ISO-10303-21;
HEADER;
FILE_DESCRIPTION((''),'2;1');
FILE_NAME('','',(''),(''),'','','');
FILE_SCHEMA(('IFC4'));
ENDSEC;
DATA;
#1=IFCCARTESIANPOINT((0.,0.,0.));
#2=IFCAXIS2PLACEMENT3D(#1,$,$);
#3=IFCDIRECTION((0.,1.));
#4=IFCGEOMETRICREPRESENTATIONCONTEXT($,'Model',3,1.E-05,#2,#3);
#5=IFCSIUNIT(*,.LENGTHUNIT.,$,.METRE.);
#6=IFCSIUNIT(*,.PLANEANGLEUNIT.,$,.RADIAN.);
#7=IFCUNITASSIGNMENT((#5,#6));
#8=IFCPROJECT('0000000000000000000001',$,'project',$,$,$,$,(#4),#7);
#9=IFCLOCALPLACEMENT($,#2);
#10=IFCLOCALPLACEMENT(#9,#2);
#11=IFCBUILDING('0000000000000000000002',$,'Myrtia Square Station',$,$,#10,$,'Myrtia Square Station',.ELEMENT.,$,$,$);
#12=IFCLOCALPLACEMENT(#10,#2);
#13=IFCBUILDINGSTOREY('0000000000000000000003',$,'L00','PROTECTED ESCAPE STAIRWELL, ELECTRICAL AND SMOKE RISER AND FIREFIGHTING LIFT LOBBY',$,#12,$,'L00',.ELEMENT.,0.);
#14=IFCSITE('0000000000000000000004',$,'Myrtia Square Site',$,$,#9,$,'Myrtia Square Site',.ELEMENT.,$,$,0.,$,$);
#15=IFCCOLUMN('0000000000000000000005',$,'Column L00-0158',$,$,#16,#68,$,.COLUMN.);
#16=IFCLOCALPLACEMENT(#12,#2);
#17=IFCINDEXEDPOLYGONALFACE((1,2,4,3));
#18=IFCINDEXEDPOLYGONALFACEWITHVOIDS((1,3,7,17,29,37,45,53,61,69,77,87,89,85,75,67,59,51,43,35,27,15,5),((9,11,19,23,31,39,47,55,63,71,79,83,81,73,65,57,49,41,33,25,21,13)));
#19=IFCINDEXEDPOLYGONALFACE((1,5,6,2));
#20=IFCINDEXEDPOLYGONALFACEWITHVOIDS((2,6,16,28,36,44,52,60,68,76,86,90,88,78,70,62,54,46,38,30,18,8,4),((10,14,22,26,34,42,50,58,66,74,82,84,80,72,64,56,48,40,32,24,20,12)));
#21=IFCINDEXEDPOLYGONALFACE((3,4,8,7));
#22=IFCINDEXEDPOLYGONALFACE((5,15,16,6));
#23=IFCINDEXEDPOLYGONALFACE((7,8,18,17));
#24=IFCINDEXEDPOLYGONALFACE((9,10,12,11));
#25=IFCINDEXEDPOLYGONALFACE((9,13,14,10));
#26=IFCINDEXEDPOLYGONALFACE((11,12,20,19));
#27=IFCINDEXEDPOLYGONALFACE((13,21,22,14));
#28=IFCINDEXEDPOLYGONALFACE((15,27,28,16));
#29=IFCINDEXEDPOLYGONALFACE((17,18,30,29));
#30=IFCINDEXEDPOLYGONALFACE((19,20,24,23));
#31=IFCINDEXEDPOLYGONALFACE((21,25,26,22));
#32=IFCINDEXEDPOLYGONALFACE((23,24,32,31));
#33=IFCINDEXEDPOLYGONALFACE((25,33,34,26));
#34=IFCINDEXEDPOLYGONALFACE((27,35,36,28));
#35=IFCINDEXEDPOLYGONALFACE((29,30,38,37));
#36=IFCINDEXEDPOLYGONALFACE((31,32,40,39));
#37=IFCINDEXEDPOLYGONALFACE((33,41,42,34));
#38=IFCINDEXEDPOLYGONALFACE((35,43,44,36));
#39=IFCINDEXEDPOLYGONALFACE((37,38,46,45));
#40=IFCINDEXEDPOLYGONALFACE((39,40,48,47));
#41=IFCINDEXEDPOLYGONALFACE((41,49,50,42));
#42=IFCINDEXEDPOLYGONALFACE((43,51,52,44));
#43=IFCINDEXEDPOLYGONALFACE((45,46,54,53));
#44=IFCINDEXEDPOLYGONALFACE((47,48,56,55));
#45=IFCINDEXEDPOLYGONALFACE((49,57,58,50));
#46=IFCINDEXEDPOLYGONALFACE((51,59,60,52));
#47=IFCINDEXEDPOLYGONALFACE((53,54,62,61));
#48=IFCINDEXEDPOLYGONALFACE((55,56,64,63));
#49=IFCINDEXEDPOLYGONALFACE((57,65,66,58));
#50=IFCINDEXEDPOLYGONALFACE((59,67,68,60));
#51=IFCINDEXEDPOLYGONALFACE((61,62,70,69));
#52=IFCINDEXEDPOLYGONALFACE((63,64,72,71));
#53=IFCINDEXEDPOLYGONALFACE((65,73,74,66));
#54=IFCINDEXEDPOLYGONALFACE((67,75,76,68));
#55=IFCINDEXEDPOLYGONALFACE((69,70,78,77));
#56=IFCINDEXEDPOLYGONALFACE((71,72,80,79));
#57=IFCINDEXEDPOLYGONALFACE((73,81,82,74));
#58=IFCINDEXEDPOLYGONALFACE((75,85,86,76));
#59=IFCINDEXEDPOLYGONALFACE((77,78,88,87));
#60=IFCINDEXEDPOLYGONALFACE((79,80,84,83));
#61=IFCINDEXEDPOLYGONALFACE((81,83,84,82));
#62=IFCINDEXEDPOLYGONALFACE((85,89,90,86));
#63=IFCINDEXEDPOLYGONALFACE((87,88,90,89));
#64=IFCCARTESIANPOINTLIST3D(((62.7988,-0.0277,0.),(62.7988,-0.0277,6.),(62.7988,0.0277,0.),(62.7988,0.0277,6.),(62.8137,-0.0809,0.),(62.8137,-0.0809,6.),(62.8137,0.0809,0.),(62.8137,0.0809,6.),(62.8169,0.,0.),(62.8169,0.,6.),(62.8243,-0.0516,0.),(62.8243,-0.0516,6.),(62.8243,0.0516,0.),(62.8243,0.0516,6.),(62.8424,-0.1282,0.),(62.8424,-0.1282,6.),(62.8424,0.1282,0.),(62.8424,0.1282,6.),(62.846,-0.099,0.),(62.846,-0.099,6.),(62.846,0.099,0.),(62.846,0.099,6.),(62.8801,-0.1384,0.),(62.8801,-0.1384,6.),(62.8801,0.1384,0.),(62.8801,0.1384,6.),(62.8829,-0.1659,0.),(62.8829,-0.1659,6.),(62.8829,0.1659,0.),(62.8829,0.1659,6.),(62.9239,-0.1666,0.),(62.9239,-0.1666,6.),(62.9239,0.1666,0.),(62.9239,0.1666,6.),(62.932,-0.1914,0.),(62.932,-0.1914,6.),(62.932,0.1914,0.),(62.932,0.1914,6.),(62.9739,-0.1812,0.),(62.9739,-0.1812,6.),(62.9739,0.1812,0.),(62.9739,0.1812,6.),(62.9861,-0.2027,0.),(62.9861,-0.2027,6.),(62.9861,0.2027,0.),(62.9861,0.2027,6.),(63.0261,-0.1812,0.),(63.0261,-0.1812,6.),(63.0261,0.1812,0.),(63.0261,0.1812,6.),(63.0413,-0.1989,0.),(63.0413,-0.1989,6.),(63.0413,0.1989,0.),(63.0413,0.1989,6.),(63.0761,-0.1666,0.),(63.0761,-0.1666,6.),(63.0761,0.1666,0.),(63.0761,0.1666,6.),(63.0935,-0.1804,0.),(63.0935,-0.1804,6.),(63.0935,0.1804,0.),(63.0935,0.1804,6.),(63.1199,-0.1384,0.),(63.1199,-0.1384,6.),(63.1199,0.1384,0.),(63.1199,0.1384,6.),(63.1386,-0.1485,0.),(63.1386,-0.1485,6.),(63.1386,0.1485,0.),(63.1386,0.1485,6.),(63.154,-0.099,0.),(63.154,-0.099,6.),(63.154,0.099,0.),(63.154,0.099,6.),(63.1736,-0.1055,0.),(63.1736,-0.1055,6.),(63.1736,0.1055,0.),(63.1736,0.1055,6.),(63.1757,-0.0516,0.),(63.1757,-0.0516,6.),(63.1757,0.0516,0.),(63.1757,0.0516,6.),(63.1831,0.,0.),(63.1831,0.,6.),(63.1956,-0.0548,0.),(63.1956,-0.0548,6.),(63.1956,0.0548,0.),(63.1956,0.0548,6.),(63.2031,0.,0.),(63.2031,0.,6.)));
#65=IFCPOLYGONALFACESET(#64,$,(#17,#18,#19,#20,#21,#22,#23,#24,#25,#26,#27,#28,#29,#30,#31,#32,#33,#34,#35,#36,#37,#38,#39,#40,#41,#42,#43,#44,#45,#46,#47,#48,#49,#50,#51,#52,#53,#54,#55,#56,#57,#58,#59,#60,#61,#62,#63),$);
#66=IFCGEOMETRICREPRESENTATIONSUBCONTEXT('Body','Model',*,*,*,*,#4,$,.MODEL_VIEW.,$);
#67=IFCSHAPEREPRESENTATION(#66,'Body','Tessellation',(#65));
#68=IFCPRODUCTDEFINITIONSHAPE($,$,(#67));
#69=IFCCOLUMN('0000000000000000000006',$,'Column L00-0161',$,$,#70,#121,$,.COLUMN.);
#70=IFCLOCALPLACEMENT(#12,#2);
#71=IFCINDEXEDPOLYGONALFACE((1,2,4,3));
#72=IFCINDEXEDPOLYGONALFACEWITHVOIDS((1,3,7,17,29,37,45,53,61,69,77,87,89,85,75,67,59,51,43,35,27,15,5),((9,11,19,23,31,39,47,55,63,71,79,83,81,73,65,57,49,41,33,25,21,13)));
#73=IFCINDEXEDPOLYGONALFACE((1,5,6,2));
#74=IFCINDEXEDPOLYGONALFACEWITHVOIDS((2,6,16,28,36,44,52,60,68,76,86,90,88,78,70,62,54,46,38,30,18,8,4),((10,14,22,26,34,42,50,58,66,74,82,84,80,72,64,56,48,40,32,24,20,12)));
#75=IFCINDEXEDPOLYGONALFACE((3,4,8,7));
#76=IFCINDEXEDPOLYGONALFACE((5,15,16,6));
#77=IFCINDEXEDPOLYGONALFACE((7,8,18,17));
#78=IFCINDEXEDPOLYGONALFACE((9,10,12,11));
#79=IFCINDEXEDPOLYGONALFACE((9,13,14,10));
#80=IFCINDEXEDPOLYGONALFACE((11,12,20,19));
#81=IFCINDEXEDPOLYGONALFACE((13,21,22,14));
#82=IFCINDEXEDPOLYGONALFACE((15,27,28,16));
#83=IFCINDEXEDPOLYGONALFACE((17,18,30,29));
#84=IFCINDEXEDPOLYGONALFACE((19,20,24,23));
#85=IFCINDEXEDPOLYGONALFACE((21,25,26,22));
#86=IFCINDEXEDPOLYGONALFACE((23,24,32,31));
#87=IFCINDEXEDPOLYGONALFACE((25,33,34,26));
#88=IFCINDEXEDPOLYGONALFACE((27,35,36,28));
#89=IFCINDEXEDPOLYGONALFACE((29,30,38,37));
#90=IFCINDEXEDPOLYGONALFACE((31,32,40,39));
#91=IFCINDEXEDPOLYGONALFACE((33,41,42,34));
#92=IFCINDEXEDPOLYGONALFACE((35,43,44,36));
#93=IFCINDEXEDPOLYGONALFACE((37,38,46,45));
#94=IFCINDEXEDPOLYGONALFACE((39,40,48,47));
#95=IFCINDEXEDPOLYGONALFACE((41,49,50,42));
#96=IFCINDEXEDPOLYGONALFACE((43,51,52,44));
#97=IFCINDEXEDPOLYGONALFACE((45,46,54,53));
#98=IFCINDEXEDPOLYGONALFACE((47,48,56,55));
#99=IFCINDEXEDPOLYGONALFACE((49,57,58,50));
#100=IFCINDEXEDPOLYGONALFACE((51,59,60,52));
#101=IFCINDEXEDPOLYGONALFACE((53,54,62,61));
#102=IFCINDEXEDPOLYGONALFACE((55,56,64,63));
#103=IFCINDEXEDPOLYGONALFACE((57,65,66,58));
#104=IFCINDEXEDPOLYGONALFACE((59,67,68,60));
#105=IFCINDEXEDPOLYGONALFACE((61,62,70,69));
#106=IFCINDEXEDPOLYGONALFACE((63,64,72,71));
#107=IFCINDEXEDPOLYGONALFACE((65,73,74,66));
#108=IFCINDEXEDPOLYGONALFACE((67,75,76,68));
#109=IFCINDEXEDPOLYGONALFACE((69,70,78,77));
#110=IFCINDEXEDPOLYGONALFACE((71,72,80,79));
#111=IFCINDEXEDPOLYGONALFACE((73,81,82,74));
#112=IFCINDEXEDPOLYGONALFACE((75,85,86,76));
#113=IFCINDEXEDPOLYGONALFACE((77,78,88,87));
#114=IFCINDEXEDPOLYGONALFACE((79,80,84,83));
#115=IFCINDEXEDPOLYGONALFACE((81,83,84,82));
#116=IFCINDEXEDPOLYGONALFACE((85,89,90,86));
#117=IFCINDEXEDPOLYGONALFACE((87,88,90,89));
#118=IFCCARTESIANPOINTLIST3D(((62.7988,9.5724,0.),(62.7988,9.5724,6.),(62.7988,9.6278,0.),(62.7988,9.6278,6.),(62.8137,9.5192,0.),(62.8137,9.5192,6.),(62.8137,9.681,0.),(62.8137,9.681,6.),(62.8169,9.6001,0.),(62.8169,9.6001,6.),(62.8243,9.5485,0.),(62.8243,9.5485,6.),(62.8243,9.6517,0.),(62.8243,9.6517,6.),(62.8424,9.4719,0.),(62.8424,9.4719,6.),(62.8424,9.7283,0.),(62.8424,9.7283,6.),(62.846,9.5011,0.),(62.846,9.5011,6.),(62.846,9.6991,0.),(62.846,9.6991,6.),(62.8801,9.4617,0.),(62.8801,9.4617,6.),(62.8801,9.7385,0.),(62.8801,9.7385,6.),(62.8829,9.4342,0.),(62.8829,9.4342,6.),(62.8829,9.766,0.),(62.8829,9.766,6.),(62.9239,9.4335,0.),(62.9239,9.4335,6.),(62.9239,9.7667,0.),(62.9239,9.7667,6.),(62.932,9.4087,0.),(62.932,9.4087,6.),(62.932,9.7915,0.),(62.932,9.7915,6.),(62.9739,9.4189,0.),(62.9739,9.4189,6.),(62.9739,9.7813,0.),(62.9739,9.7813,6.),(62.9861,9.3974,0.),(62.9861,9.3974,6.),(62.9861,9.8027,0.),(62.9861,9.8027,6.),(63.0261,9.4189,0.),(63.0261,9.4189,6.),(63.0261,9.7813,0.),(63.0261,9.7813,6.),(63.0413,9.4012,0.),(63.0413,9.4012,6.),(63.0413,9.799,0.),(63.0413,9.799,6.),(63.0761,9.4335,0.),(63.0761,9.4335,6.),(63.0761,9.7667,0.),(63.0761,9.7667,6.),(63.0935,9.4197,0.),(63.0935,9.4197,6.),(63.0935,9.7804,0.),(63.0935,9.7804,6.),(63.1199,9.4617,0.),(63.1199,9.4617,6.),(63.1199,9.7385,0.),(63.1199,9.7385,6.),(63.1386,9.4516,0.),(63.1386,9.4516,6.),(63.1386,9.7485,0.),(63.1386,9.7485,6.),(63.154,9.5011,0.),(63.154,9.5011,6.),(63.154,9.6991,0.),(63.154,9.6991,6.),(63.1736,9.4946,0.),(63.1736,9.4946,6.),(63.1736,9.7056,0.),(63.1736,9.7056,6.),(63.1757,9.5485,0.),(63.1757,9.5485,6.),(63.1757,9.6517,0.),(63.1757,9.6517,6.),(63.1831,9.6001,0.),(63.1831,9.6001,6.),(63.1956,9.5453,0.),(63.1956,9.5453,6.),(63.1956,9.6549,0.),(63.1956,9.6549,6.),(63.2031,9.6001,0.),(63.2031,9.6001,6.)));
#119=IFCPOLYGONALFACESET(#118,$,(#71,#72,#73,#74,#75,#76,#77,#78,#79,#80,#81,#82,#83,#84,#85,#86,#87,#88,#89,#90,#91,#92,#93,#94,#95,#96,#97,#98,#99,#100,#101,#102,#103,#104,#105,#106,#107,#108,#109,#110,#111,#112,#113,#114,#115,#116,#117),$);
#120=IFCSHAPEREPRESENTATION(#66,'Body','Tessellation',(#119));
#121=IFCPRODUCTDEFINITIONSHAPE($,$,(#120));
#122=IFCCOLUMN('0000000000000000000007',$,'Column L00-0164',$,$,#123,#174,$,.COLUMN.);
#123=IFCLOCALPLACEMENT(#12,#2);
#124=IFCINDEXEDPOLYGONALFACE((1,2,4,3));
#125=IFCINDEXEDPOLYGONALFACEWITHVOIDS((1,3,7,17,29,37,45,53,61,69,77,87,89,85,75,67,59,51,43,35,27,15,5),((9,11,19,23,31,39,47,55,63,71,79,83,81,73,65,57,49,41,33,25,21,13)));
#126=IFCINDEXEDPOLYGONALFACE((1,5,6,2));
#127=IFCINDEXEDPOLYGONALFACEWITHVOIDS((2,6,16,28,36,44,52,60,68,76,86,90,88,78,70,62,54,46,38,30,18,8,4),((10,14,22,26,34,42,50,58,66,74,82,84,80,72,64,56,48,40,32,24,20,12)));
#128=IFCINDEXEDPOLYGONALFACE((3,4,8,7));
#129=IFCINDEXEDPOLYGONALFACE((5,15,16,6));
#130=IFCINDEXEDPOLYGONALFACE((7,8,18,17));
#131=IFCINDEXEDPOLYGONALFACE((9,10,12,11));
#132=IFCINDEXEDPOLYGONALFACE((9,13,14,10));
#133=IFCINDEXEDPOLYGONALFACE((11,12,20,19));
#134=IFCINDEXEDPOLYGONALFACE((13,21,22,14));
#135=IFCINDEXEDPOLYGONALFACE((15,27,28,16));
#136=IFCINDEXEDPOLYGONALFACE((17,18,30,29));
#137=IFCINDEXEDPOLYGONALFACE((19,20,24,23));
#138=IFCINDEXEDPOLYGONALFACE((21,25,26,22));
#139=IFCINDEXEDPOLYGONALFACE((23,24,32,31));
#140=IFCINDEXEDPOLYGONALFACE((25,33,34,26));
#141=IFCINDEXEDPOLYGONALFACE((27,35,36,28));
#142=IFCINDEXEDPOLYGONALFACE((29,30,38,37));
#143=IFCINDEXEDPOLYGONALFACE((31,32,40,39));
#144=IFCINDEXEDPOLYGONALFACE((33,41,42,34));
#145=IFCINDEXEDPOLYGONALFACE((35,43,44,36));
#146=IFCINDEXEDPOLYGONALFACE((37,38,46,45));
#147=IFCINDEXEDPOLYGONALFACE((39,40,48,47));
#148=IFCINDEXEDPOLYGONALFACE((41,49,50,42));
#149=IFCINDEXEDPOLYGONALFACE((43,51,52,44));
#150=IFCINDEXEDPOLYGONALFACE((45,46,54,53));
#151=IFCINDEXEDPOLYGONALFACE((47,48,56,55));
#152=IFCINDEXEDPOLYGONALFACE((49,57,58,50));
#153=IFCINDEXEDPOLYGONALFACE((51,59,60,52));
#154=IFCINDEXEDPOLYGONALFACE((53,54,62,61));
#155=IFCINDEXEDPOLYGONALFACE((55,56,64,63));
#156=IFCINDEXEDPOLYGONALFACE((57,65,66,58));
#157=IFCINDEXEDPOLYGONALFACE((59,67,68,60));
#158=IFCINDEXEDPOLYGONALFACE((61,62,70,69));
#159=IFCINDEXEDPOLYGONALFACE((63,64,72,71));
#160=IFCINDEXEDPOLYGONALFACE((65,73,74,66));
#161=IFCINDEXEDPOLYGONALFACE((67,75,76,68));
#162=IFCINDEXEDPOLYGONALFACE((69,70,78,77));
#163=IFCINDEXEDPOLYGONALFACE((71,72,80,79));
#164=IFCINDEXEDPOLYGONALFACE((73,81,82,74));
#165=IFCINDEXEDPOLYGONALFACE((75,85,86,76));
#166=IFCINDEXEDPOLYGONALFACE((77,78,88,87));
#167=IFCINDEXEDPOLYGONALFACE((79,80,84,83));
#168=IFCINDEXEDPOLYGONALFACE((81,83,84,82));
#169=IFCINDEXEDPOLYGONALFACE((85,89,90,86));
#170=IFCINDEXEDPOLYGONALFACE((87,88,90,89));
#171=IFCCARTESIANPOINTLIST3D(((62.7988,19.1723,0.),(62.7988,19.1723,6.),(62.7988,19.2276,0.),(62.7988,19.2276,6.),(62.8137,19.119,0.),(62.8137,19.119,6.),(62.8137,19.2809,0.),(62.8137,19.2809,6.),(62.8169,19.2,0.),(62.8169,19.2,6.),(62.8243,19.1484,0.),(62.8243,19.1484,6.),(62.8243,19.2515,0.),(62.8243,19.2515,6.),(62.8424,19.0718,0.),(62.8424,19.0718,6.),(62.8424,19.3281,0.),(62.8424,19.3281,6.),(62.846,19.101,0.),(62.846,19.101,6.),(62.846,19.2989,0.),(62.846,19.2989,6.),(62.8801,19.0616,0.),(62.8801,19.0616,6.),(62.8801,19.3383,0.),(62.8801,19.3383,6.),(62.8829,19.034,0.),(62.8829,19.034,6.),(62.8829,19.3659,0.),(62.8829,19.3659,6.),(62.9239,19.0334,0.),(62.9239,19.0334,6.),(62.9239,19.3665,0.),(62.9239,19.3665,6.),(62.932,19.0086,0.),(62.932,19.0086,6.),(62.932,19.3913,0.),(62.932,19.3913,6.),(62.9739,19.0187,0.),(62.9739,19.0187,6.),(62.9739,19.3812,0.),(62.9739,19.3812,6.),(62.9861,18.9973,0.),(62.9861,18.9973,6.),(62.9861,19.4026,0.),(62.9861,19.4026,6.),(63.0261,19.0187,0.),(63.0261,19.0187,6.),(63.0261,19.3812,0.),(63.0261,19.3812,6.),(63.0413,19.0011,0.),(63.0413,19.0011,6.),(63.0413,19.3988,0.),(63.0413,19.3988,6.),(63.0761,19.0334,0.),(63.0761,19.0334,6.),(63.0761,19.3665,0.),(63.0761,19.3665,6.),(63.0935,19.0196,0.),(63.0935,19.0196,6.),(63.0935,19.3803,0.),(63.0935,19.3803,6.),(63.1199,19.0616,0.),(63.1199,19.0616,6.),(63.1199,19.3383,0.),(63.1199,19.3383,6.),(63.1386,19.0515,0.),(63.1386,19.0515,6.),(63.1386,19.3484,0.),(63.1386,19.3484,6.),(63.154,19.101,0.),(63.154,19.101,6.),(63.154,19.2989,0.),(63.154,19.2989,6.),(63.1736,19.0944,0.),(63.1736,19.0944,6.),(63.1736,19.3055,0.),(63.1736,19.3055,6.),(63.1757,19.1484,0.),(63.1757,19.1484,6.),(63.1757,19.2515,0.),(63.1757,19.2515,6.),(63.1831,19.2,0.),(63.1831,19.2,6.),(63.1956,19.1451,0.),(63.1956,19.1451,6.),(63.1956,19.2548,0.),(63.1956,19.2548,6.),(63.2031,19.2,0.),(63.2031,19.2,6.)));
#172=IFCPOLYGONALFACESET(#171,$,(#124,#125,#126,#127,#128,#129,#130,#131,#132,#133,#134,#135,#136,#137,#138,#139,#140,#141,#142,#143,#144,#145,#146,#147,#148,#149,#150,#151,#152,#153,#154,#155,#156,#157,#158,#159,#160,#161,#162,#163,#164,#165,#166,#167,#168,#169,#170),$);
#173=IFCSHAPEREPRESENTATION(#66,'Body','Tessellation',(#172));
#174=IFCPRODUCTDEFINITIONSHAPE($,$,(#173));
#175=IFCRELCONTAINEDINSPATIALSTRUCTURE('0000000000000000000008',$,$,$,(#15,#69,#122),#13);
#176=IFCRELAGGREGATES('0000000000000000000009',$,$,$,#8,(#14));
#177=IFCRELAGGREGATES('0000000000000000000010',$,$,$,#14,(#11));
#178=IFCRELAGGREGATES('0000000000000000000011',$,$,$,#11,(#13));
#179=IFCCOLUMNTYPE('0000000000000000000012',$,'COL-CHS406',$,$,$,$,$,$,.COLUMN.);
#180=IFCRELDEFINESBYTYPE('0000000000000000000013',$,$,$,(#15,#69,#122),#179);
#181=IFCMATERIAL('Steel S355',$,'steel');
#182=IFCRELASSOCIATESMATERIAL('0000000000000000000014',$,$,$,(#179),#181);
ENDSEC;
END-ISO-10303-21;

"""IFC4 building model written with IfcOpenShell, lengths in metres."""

from ifc_helpers import new_model, si_unit, direction, frame, origin, origin_2d, place, context, subcontext, project, spatial, hollow_circle, extrude, material, material_profile, profile_set, type_object, element, save


model = new_model("IFC4")

# Units and contexts
model_context = context("Model", 3, precision=1e-05, world=origin(), true_north=direction((0.0, 1.0)))
body_context = subcontext(model_context, "Body", "Model", "MODEL_VIEW")
ifc_project = project(units=[si_unit("LENGTHUNIT", "METRE"), si_unit("PLANEANGLEUNIT", "RADIAN")], contexts=[model_context])

# Site, building, storey
site_placement = place(None, origin())
site = spatial("IfcSite", under=ifc_project, at=site_placement, Name="Myrtia Square Site", LongName="Myrtia Square Site", CompositionType="ELEMENT", RefElevation=0.0)
building_placement = place(site_placement, origin())
building = spatial("IfcBuilding", under=site, at=building_placement, Name="Myrtia Square Station", LongName="Myrtia Square Station", CompositionType="ELEMENT")
storey_placement = place(building_placement, origin())
storey = spatial("IfcBuildingStorey", under=building, at=storey_placement, Name="L00", Description="PROTECTED ESCAPE STAIRWELL, ELECTRICAL AND SMOKE RISER AND FIREFIGHTING LIFT LOBBY", LongName="L00", CompositionType="ELEMENT", Elevation=0.0)

# Columns
ifc_material_1 = material(Name="Steel S355", Category="steel")
ifc_material_profile_1 = material_profile(ifc_material_1, hollow_circle(Radius=0.2031, WallThickness=0.02, at=origin_2d()), Name="CHS 406.4x20")
ifc_profile_set_1 = profile_set([ifc_material_profile_1], Name="Steel S355")
column_type = type_object("IfcColumnType", Name="COL-CHS406", PredefinedType="COLUMN", material=ifc_profile_set_1)
for number, where, z_axis, x_axis, name in (
    (1, (63.0, 0.0, 0.0), (0.0, 0.0, 1.0), (1.0, 0.0, 0.0), "Column L00-0158"),
    (2, (63.0, 9.6001, 0.0), (0.0, 0.0, 1.0), (1.0, 0.0, 0.0), "Column L00-0161"),
    (3, (63.0, 19.2, 0.0), (0.0, 0.0, 1.0), (1.0, 0.0, 0.0), "Column L00-0164"),
):
    element("IfcColumn", number, at=place(storey_placement, frame(where, z_axis=z_axis, x_axis=x_axis)), inside=storey, type_object=column_type, Name=name, PredefinedType="COLUMN", context=body_context, shape_type="SweptSolid", body=[
        extrude(hollow_circle(Radius=0.2031, WallThickness=0.02, at=origin_2d()), origin(), (0.0, 0.0, 1.0), 6.0),
    ])

save(model, "model.ifc")
